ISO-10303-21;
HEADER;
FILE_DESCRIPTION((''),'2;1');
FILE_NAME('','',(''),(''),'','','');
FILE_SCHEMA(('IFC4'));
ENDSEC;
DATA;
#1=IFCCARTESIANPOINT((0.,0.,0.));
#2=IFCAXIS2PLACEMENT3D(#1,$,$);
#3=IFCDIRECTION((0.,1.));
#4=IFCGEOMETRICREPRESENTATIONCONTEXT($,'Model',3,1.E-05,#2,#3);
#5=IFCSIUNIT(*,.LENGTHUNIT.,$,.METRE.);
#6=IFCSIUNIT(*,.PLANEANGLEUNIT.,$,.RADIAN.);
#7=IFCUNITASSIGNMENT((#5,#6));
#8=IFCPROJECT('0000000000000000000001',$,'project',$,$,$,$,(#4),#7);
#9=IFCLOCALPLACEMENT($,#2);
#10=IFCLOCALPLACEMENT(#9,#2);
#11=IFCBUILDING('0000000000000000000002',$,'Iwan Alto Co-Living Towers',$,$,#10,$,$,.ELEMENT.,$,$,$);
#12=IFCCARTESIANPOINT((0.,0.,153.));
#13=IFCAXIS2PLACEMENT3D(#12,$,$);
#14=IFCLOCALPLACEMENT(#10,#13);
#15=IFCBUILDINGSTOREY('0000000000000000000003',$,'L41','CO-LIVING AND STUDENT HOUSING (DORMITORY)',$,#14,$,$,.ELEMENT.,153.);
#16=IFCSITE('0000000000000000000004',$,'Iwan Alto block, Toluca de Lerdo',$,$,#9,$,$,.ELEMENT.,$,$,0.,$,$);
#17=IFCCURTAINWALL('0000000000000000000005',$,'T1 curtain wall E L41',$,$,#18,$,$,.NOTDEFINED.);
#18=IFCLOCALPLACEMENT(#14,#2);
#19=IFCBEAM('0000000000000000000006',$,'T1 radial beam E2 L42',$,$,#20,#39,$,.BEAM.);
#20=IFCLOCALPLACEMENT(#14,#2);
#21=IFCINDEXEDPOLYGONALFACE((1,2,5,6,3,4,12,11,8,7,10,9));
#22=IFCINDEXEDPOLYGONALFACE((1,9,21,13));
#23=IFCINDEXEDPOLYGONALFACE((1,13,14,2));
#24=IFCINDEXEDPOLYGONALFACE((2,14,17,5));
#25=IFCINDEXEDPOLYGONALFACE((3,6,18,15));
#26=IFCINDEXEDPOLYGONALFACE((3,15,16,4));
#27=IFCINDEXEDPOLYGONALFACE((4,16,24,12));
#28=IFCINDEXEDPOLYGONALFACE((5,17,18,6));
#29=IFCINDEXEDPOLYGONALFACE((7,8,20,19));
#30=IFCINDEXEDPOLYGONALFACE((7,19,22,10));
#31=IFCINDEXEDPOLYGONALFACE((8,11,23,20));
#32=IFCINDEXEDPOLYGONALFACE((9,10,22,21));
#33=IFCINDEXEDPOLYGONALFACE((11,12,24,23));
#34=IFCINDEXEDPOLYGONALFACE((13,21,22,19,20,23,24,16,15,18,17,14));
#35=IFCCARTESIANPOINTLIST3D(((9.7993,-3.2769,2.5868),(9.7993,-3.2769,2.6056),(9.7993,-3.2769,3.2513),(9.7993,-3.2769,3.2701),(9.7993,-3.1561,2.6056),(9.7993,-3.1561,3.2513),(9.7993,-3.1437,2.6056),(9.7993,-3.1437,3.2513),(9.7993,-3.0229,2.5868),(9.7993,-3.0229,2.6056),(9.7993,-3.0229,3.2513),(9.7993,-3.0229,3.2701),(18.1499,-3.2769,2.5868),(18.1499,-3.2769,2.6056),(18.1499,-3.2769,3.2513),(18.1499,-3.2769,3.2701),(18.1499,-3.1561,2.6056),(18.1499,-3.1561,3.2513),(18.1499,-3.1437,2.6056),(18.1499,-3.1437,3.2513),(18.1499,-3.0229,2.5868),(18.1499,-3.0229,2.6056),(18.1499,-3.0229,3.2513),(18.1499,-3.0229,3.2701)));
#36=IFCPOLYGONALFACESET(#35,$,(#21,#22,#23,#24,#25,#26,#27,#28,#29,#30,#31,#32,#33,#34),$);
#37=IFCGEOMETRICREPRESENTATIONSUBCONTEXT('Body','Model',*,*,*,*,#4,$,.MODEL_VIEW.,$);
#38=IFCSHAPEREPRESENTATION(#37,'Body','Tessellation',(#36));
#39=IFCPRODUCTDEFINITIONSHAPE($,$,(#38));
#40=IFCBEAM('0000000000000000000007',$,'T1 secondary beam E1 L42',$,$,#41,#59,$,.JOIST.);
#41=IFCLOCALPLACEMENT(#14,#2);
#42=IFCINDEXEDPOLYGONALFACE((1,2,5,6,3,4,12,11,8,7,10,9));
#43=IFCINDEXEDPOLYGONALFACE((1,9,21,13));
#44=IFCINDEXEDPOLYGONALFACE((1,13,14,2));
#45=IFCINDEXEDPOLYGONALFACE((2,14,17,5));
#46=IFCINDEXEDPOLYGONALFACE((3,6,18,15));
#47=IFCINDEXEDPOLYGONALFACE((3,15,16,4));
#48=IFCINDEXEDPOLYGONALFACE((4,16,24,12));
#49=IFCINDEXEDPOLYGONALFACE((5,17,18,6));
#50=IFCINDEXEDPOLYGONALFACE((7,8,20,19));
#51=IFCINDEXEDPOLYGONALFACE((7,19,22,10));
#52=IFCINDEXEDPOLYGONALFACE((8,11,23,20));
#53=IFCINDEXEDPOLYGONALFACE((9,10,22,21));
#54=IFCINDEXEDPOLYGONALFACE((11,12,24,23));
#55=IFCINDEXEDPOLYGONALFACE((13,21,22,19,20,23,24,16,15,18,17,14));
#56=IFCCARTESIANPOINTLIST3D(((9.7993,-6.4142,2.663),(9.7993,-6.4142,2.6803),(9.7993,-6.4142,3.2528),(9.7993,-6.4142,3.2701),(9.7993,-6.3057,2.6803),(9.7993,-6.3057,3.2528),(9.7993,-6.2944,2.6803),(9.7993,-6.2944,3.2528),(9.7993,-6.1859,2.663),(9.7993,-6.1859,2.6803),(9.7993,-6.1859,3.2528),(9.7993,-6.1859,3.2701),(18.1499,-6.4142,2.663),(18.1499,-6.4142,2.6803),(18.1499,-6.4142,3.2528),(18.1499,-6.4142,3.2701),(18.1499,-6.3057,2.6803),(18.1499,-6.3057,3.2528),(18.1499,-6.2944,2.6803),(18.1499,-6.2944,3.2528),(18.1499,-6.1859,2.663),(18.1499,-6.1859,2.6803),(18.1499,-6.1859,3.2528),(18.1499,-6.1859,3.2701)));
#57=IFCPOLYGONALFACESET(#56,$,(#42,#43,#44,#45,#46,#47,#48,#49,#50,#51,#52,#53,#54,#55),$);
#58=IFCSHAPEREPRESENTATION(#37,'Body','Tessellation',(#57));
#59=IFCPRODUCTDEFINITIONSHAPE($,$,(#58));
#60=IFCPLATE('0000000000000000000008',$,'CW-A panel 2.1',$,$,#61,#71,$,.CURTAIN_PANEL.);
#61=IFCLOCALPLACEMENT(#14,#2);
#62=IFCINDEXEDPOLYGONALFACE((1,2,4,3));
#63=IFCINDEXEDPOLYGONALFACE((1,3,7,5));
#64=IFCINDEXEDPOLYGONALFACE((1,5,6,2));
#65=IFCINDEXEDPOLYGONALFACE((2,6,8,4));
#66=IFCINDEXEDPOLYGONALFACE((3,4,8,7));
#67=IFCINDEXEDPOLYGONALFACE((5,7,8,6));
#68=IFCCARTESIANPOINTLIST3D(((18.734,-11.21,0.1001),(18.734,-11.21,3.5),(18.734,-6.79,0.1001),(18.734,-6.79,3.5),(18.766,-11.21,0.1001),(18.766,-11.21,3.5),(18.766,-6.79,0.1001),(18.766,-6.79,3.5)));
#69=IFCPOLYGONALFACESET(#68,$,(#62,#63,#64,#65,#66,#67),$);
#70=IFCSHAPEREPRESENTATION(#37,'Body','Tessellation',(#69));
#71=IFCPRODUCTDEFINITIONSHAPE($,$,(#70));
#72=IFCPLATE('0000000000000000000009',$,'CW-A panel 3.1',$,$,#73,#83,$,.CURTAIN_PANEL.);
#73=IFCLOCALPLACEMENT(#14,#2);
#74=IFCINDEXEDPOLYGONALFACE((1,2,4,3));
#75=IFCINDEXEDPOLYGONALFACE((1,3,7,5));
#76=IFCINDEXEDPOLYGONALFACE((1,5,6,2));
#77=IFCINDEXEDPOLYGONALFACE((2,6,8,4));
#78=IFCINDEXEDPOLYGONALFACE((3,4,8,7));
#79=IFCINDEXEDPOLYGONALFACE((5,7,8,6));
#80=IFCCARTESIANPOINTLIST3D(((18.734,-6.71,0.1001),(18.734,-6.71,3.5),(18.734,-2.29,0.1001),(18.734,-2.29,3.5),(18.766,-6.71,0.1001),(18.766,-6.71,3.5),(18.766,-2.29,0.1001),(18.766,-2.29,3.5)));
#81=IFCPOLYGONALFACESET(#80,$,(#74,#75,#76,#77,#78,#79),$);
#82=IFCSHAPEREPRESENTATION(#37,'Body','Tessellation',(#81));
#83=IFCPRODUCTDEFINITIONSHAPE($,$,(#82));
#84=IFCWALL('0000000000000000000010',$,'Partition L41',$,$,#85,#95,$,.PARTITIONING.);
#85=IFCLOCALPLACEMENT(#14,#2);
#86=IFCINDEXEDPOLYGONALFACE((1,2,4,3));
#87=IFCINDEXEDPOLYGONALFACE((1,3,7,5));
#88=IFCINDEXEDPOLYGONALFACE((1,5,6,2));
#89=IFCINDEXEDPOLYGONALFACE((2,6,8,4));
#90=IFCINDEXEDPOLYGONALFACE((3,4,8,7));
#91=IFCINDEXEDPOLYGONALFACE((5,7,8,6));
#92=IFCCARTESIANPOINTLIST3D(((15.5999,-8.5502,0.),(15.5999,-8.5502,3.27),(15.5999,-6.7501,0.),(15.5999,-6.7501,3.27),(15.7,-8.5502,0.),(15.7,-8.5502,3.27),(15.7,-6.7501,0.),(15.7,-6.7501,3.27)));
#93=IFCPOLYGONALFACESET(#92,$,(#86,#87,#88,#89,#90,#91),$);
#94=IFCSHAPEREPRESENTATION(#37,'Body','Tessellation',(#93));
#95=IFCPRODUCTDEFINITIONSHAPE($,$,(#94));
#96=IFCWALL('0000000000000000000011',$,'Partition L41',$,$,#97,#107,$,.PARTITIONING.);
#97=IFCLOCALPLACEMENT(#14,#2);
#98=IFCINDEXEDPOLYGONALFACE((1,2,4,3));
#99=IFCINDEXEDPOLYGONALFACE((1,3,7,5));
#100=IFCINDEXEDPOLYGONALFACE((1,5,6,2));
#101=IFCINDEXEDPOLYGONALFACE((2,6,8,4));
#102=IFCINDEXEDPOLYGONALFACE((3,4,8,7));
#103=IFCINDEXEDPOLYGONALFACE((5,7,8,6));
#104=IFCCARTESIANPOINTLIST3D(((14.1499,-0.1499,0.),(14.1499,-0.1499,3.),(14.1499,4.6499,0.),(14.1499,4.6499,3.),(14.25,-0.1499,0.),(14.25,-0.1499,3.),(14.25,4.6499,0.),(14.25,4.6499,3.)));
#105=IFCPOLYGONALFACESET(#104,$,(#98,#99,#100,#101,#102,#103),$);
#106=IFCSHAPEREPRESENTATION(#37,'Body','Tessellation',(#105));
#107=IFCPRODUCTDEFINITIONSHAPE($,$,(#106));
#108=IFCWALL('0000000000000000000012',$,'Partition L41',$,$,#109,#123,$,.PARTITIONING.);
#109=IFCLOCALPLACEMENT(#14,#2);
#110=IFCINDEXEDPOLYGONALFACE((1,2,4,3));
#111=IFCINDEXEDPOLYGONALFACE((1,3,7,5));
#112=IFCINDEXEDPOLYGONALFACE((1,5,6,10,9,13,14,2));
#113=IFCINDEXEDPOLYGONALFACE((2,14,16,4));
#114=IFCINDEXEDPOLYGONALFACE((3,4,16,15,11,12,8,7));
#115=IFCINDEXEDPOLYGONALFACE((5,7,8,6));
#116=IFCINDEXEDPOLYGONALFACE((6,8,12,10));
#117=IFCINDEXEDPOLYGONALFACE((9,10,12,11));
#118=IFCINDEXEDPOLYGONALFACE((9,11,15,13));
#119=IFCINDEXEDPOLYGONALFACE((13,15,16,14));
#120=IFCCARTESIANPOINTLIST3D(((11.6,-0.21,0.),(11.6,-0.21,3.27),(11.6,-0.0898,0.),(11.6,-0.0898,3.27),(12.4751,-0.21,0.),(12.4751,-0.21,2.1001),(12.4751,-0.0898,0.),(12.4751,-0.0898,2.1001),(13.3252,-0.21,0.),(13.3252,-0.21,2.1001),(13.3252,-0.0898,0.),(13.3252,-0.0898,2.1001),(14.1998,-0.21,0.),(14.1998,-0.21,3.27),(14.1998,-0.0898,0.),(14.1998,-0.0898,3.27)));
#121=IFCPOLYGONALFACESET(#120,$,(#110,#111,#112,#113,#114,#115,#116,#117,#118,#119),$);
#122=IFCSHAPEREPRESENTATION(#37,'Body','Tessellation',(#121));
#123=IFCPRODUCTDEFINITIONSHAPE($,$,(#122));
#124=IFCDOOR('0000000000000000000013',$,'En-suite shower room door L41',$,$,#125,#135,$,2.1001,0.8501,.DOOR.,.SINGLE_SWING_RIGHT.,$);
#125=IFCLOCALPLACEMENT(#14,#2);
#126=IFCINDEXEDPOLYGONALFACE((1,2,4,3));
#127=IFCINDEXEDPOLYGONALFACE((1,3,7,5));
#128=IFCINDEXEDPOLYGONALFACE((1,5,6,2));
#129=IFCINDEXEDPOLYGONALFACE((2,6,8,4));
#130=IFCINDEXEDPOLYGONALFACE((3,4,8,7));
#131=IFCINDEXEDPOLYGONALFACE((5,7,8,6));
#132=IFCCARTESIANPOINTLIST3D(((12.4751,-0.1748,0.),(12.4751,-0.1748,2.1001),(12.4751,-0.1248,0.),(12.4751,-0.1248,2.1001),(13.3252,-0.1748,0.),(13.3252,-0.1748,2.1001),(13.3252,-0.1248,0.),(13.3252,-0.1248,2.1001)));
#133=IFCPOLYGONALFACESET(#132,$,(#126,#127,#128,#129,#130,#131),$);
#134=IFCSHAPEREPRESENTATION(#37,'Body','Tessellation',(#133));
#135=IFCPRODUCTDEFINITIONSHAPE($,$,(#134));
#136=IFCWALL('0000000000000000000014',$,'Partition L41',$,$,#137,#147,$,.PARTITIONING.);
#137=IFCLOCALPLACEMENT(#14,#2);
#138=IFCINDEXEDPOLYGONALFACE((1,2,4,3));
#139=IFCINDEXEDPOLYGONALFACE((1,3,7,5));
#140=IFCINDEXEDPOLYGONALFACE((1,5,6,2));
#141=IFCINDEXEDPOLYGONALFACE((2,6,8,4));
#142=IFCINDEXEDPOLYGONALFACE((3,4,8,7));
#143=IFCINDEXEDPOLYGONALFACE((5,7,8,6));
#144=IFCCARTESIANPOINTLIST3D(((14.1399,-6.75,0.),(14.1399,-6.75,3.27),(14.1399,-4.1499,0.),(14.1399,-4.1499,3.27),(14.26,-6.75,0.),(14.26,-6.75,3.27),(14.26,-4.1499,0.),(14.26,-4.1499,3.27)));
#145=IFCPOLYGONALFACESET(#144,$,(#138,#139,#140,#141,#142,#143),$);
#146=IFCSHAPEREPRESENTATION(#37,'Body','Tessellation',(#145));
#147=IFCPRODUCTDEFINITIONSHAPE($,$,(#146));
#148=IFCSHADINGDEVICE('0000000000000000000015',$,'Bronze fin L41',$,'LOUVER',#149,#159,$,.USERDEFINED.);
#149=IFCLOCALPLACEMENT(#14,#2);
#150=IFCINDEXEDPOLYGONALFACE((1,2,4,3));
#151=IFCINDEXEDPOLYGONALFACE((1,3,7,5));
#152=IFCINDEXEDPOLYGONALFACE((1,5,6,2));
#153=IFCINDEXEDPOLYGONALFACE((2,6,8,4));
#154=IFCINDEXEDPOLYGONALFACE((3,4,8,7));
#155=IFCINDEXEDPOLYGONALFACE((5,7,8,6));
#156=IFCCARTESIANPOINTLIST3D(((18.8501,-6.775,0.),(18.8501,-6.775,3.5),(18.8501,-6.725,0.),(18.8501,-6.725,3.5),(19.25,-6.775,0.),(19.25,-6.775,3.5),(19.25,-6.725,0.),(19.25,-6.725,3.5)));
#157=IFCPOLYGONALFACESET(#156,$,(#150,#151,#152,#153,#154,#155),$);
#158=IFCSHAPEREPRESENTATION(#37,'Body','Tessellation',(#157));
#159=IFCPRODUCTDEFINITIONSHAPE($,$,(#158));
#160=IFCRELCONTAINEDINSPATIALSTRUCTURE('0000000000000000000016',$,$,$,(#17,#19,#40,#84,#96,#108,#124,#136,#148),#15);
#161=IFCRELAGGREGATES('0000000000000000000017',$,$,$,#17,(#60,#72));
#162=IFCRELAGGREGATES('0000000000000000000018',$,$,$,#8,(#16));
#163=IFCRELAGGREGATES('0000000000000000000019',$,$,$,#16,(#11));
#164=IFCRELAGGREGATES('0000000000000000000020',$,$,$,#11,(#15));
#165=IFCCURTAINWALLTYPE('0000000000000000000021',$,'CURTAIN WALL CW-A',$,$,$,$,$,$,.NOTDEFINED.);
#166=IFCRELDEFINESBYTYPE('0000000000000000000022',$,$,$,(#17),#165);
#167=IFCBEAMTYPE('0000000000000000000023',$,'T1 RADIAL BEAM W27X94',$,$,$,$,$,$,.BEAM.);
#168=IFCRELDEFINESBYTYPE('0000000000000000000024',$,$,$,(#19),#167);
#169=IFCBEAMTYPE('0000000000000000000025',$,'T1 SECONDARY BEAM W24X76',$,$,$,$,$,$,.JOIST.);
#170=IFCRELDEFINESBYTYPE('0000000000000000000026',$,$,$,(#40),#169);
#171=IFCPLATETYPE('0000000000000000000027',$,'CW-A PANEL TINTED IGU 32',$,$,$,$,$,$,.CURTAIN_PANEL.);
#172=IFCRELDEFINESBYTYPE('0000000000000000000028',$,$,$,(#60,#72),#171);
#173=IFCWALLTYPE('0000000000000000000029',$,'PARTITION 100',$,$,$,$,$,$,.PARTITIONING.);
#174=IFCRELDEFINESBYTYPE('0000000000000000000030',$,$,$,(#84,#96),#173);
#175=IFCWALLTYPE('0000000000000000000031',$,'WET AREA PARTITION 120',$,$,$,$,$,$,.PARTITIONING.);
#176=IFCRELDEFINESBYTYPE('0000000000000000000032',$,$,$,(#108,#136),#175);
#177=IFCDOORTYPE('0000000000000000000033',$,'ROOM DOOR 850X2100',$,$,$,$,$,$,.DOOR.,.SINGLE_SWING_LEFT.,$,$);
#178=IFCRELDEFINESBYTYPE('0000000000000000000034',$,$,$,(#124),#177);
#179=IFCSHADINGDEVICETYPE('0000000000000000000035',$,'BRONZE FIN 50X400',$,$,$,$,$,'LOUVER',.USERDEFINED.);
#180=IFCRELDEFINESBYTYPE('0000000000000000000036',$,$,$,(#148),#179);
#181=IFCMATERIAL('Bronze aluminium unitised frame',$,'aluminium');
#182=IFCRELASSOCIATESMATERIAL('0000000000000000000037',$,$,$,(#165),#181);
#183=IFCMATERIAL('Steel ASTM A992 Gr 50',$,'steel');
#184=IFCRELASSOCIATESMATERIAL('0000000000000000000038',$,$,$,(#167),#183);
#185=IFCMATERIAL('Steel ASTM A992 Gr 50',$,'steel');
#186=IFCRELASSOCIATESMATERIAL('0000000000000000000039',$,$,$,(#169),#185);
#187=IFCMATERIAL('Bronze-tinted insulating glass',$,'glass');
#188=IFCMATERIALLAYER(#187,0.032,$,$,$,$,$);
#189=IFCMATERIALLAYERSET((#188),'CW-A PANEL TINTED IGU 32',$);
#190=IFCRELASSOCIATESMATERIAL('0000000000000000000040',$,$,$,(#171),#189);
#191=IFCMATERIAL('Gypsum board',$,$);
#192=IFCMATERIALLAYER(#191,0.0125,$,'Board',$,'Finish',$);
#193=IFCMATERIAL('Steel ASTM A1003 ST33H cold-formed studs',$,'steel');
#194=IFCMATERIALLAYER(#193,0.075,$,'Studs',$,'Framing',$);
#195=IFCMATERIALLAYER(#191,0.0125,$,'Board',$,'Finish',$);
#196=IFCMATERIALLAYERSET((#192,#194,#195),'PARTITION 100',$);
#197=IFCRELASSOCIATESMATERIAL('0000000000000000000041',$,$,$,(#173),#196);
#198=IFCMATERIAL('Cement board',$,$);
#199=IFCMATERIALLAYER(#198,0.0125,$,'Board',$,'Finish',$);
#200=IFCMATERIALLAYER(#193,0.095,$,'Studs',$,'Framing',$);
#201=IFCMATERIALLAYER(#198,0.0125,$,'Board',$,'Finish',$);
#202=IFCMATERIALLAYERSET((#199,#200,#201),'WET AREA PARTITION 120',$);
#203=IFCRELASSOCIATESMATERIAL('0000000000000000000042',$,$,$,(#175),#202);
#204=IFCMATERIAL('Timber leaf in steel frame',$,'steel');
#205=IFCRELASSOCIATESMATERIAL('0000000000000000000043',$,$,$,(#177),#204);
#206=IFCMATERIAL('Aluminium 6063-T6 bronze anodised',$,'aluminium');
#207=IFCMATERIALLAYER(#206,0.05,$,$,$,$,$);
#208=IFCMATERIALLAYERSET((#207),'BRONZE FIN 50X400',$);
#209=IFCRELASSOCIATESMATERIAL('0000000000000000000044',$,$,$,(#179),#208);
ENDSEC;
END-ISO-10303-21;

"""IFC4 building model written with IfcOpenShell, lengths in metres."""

from ifc_helpers import new_model, si_unit, direction, frame, frame_2d, origin, origin_2d, place, context, subcontext, project, spatial, rectangle, i_section, extrude, material, layer, layer_set, material_profile, profile_set, type_object, element, fill, aggregate, save


model = new_model("IFC4")

# Units and contexts
model_context = context("Model", 3, precision=1e-05, world=origin(), true_north=direction((0.0, 1.0)))
body_context = subcontext(model_context, "Body", "Model", "MODEL_VIEW")
ifc_project = project(units=[si_unit("LENGTHUNIT", "METRE"), si_unit("PLANEANGLEUNIT", "RADIAN")], contexts=[model_context])

# Site, building, storey
site_placement = place(None, origin())
site = spatial("IfcSite", under=ifc_project, at=site_placement, Name="Iwan Alto block, Toluca de Lerdo", CompositionType="ELEMENT", RefElevation=0.0)
building_placement = place(site_placement, origin())
building = spatial("IfcBuilding", under=site, at=building_placement, Name="Iwan Alto Co-Living Towers", CompositionType="ELEMENT")
storey_placement = place(building_placement, frame((0.0, 0.0, 153.0)))
storey = spatial("IfcBuildingStorey", under=building, at=storey_placement, Name="L41", Description="CO-LIVING AND STUDENT HOUSING (DORMITORY)", CompositionType="ELEMENT", Elevation=153.0)

# Curtain wall
ifc_material_1 = material(Name="Bronze aluminium unitised frame", Category="aluminium")
curtain_wall_type = type_object("IfcCurtainWallType", Name="CURTAIN WALL CW-A", PredefinedType="NOTDEFINED", material=ifc_material_1)
curtain_wall_placement = place(storey_placement, origin())
curtain_wall = element("IfcCurtainWall", 1, at=curtain_wall_placement, inside=storey, type_object=curtain_wall_type, Name="T1 curtain wall E L41", PredefinedType="NOTDEFINED")

# Beams
ifc_material_2 = material(Name="Steel ASTM A992 Gr 50", Category="steel")
ifc_material_profile_1 = material_profile(ifc_material_2, i_section(OverallWidth=0.2539, OverallDepth=0.6833, WebThickness=0.0125, FlangeThickness=0.0188, at=origin_2d()), Name="W27X94")
ifc_profile_set_1 = profile_set([ifc_material_profile_1], Name="Steel ASTM A992 Gr 50")
beam_type_1 = type_object("IfcBeamType", Name="T1 RADIAL BEAM W27X94", PredefinedType="BEAM", material=ifc_profile_set_1)
for number, where, z_axis, x_axis, name in (
    (2, (18.1499, -3.1499, 2.9285), (-1.0, 0.0, 0.0), (0.0, -1.0, 0.0), "T1 radial beam E2 L42"),
):
    element("IfcBeam", number, at=place(storey_placement, frame(where, z_axis=z_axis, x_axis=x_axis)), inside=storey, type_object=beam_type_1, Name=name, PredefinedType="BEAM", context=body_context, shape_type="SweptSolid", body=[
        extrude(i_section(OverallWidth=0.2539, OverallDepth=0.6833, WebThickness=0.0125, FlangeThickness=0.0188, at=origin_2d()), origin(), (0.0, 0.0, 1.0), 8.3506),
    ])
ifc_material_3 = material(Name="Steel ASTM A992 Gr 50", Category="steel")
ifc_material_profile_2 = material_profile(ifc_material_3, i_section(OverallWidth=0.2283, OverallDepth=0.6072, WebThickness=0.0112, FlangeThickness=0.0173, at=origin_2d()), Name="W24X76")
ifc_profile_set_2 = profile_set([ifc_material_profile_2], Name="Steel ASTM A992 Gr 50")
beam_type_2 = type_object("IfcBeamType", Name="T1 SECONDARY BEAM W24X76", PredefinedType="JOIST", material=ifc_profile_set_2)
beam_1_placement = place(storey_placement, frame((18.1499, -6.3, 2.9666), z_axis=(-1.0, 0.0, 0.0), x_axis=(0.0, -1.0, 0.0)))
element("IfcBeam", 3, at=beam_1_placement, inside=storey, type_object=beam_type_2, Name="T1 secondary beam E1 L42", PredefinedType="JOIST", context=body_context, shape_type="SweptSolid", body=[
    extrude(i_section(OverallWidth=0.2283, OverallDepth=0.6072, WebThickness=0.0112, FlangeThickness=0.0173, at=origin_2d()), origin(), (0.0, 0.0, 1.0), 8.3506),
])

# Plates
ifc_material_4 = material(Name="Bronze-tinted insulating glass", Category="glass")
ifc_layer_1 = layer(ifc_material_4, 0.032)
ifc_layer_set_1 = layer_set([ifc_layer_1], Name="CW-A PANEL TINTED IGU 32")
plate_type = type_object("IfcPlateType", Name="CW-A PANEL TINTED IGU 32", PredefinedType="CURTAIN_PANEL", material=ifc_layer_set_1)
plate_1_placement = place(storey_placement, frame((18.75, -9.0, 0.1001), z_axis=(0.0, 0.0, 1.0), x_axis=(0.0, 1.0, 0.0)))
plate_1 = element("IfcPlate", 4, at=plate_1_placement, type_object=plate_type, Name="CW-A panel 2.1", PredefinedType="CURTAIN_PANEL", context=body_context, shape_type="SweptSolid", body=[
    extrude(rectangle(XDim=4.4199, YDim=0.032, at=origin_2d()), origin(), (0.0, 0.0, 1.0), 3.3999),
])
plate_2_placement = place(storey_placement, frame((18.75, -4.5, 0.1001), z_axis=(0.0, 0.0, 1.0), x_axis=(0.0, 1.0, 0.0)))
plate_2 = element("IfcPlate", 5, at=plate_2_placement, type_object=plate_type, Name="CW-A panel 3.1", PredefinedType="CURTAIN_PANEL", context=body_context, shape_type="SweptSolid", body=[
    extrude(rectangle(XDim=4.4199, YDim=0.032, at=origin_2d()), origin(), (0.0, 0.0, 1.0), 3.3999),
])
aggregate(curtain_wall, [plate_1, plate_2])

# Walls
ifc_material_5 = material(Name="Gypsum board")
ifc_layer_2 = layer(ifc_material_5, 0.0125, Name="Board", Category="Finish")
ifc_material_6 = material(Name="Steel ASTM A1003 ST33H cold-formed studs", Category="steel")
ifc_layer_3 = layer(ifc_material_6, 0.075, Name="Studs", Category="Framing")
ifc_layer_4 = layer(ifc_material_5, 0.0125, Name="Board", Category="Finish")
ifc_layer_set_2 = layer_set([ifc_layer_2, ifc_layer_3, ifc_layer_4], Name="PARTITION 100")
wall_type_1 = type_object("IfcWallType", Name="PARTITION 100", PredefinedType="PARTITIONING", material=ifc_layer_set_2)
wall_1_placement = place(storey_placement, frame((15.6499, -8.55, 0.0), z_axis=(0.0, 0.0, 1.0), x_axis=(0.0, 1.0, 0.0)))
element("IfcWall", 6, at=wall_1_placement, inside=storey, type_object=wall_type_1, Name="Partition L41", PredefinedType="PARTITIONING", context=body_context, shape_type="SweptSolid", body=[
    extrude(rectangle(XDim=1.8, YDim=0.1001, at=frame_2d((0.8999, 0.0))), origin(), (0.0, 0.0, 1.0), 3.27),
])
wall_2_placement = place(storey_placement, frame((14.2, -0.1499, 0.0), z_axis=(0.0, 0.0, 1.0), x_axis=(0.0, 1.0, 0.0)))
element("IfcWall", 7, at=wall_2_placement, inside=storey, type_object=wall_type_1, Name="Partition L41", PredefinedType="PARTITIONING", context=body_context, shape_type="SweptSolid", body=[
    extrude(rectangle(XDim=4.7998, YDim=0.1001, at=frame_2d((2.3999, 0.0))), origin(), (0.0, 0.0, 1.0), 3.0),
])

# Wall, opening, door
ifc_material_7 = material(Name="Cement board")
ifc_layer_5 = layer(ifc_material_7, 0.0125, Name="Board", Category="Finish")
ifc_layer_6 = layer(ifc_material_6, 0.095, Name="Studs", Category="Framing")
ifc_layer_7 = layer(ifc_material_7, 0.0125, Name="Board", Category="Finish")
ifc_layer_set_3 = layer_set([ifc_layer_5, ifc_layer_6, ifc_layer_7], Name="WET AREA PARTITION 120")
wall_type_2 = type_object("IfcWallType", Name="WET AREA PARTITION 120", PredefinedType="PARTITIONING", material=ifc_layer_set_3)
wall_3_placement = place(storey_placement, frame((11.6001, -0.1499, 0.0), z_axis=(0.0, 0.0, 1.0), x_axis=(1.0, 0.0, 0.0)))
wall_3 = element("IfcWall", 8, at=wall_3_placement, inside=storey, type_object=wall_type_2, Name="Partition L41", PredefinedType="PARTITIONING", context=body_context, shape_type="SweptSolid", body=[
    extrude(rectangle(XDim=2.5999, YDim=0.1201, at=frame_2d((1.2998, 0.0))), origin(), (0.0, 0.0, 1.0), 3.27),
])
opening_placement = place(wall_3_placement, frame((0.875, 0.0, 0.0)))
opening = element("IfcOpeningElement", 9, at=opening_placement, cuts=wall_3, PredefinedType="OPENING", context=body_context, shape_type="SweptSolid", body=[
    extrude(rectangle(XDim=0.8501, YDim=2.1001, at=frame_2d((0.425, 1.05))), frame((0.0, 0.0701, 0.0), z_axis=(0.0, -1.0, 0.0), x_axis=(1.0, 0.0, 0.0)), (0.0, 0.0, 1.0), 0.1401),
])
ifc_material_8 = material(Name="Timber leaf in steel frame", Category="steel")
door_type = type_object("IfcDoorType", Name="ROOM DOOR 850X2100", OperationType="SINGLE_SWING_LEFT", PredefinedType="DOOR", material=ifc_material_8)
door_placement = place(opening_placement, frame((0.8501, 0.0, 0.0), z_axis=(0.0, 0.0, 1.0), x_axis=(-1.0, 0.0, 0.0)))
door = element("IfcDoor", 10, at=door_placement, inside=storey, type_object=door_type, Name="En-suite shower room door L41", OperationType="SINGLE_SWING_RIGHT", OverallHeight=2.1001, OverallWidth=0.8501, PredefinedType="DOOR", context=body_context, shape_type="SweptSolid", body=[
    extrude(rectangle(XDim=0.8501, YDim=2.1001, at=frame_2d((0.425, 1.05))), frame((0.0, 0.0249, 0.0), z_axis=(0.0, -1.0, 0.0), x_axis=(1.0, 0.0, 0.0)), (0.0, 0.0, 1.0), 0.05),
])
fill(opening, door)

# Wall
wall_4_placement = place(storey_placement, frame((14.2, -6.75, 0.0), z_axis=(0.0, 0.0, 1.0), x_axis=(0.0, 1.0, 0.0)))
element("IfcWall", 11, at=wall_4_placement, inside=storey, type_object=wall_type_2, Name="Partition L41", PredefinedType="PARTITIONING", context=body_context, shape_type="SweptSolid", body=[
    extrude(rectangle(XDim=2.6001, YDim=0.1201, at=frame_2d((1.3, 0.0))), origin(), (0.0, 0.0, 1.0), 3.27),
])

# Shading device
ifc_material_9 = material(Name="Aluminium 6063-T6 bronze anodised", Category="aluminium")
ifc_layer_8 = layer(ifc_material_9, 0.05)
ifc_layer_set_4 = layer_set([ifc_layer_8], Name="BRONZE FIN 50X400")
shading_device_type = type_object("IfcShadingDeviceType", Name="BRONZE FIN 50X400", ElementType="LOUVER", PredefinedType="USERDEFINED", material=ifc_layer_set_4)
shading_device_placement = place(storey_placement, frame((19.05, -6.75, 0.0), z_axis=(0.0, 0.0, 1.0), x_axis=(0.0, 1.0, 0.0)))
element("IfcShadingDevice", 12, at=shading_device_placement, inside=storey, type_object=shading_device_type, Name="Bronze fin L41", ObjectType="LOUVER", PredefinedType="USERDEFINED", context=body_context, shape_type="SweptSolid", body=[
    extrude(rectangle(XDim=0.05, YDim=0.3999, at=origin_2d()), origin(), (0.0, 0.0, 1.0), 3.5),
])

save(model, "model.ifc")
